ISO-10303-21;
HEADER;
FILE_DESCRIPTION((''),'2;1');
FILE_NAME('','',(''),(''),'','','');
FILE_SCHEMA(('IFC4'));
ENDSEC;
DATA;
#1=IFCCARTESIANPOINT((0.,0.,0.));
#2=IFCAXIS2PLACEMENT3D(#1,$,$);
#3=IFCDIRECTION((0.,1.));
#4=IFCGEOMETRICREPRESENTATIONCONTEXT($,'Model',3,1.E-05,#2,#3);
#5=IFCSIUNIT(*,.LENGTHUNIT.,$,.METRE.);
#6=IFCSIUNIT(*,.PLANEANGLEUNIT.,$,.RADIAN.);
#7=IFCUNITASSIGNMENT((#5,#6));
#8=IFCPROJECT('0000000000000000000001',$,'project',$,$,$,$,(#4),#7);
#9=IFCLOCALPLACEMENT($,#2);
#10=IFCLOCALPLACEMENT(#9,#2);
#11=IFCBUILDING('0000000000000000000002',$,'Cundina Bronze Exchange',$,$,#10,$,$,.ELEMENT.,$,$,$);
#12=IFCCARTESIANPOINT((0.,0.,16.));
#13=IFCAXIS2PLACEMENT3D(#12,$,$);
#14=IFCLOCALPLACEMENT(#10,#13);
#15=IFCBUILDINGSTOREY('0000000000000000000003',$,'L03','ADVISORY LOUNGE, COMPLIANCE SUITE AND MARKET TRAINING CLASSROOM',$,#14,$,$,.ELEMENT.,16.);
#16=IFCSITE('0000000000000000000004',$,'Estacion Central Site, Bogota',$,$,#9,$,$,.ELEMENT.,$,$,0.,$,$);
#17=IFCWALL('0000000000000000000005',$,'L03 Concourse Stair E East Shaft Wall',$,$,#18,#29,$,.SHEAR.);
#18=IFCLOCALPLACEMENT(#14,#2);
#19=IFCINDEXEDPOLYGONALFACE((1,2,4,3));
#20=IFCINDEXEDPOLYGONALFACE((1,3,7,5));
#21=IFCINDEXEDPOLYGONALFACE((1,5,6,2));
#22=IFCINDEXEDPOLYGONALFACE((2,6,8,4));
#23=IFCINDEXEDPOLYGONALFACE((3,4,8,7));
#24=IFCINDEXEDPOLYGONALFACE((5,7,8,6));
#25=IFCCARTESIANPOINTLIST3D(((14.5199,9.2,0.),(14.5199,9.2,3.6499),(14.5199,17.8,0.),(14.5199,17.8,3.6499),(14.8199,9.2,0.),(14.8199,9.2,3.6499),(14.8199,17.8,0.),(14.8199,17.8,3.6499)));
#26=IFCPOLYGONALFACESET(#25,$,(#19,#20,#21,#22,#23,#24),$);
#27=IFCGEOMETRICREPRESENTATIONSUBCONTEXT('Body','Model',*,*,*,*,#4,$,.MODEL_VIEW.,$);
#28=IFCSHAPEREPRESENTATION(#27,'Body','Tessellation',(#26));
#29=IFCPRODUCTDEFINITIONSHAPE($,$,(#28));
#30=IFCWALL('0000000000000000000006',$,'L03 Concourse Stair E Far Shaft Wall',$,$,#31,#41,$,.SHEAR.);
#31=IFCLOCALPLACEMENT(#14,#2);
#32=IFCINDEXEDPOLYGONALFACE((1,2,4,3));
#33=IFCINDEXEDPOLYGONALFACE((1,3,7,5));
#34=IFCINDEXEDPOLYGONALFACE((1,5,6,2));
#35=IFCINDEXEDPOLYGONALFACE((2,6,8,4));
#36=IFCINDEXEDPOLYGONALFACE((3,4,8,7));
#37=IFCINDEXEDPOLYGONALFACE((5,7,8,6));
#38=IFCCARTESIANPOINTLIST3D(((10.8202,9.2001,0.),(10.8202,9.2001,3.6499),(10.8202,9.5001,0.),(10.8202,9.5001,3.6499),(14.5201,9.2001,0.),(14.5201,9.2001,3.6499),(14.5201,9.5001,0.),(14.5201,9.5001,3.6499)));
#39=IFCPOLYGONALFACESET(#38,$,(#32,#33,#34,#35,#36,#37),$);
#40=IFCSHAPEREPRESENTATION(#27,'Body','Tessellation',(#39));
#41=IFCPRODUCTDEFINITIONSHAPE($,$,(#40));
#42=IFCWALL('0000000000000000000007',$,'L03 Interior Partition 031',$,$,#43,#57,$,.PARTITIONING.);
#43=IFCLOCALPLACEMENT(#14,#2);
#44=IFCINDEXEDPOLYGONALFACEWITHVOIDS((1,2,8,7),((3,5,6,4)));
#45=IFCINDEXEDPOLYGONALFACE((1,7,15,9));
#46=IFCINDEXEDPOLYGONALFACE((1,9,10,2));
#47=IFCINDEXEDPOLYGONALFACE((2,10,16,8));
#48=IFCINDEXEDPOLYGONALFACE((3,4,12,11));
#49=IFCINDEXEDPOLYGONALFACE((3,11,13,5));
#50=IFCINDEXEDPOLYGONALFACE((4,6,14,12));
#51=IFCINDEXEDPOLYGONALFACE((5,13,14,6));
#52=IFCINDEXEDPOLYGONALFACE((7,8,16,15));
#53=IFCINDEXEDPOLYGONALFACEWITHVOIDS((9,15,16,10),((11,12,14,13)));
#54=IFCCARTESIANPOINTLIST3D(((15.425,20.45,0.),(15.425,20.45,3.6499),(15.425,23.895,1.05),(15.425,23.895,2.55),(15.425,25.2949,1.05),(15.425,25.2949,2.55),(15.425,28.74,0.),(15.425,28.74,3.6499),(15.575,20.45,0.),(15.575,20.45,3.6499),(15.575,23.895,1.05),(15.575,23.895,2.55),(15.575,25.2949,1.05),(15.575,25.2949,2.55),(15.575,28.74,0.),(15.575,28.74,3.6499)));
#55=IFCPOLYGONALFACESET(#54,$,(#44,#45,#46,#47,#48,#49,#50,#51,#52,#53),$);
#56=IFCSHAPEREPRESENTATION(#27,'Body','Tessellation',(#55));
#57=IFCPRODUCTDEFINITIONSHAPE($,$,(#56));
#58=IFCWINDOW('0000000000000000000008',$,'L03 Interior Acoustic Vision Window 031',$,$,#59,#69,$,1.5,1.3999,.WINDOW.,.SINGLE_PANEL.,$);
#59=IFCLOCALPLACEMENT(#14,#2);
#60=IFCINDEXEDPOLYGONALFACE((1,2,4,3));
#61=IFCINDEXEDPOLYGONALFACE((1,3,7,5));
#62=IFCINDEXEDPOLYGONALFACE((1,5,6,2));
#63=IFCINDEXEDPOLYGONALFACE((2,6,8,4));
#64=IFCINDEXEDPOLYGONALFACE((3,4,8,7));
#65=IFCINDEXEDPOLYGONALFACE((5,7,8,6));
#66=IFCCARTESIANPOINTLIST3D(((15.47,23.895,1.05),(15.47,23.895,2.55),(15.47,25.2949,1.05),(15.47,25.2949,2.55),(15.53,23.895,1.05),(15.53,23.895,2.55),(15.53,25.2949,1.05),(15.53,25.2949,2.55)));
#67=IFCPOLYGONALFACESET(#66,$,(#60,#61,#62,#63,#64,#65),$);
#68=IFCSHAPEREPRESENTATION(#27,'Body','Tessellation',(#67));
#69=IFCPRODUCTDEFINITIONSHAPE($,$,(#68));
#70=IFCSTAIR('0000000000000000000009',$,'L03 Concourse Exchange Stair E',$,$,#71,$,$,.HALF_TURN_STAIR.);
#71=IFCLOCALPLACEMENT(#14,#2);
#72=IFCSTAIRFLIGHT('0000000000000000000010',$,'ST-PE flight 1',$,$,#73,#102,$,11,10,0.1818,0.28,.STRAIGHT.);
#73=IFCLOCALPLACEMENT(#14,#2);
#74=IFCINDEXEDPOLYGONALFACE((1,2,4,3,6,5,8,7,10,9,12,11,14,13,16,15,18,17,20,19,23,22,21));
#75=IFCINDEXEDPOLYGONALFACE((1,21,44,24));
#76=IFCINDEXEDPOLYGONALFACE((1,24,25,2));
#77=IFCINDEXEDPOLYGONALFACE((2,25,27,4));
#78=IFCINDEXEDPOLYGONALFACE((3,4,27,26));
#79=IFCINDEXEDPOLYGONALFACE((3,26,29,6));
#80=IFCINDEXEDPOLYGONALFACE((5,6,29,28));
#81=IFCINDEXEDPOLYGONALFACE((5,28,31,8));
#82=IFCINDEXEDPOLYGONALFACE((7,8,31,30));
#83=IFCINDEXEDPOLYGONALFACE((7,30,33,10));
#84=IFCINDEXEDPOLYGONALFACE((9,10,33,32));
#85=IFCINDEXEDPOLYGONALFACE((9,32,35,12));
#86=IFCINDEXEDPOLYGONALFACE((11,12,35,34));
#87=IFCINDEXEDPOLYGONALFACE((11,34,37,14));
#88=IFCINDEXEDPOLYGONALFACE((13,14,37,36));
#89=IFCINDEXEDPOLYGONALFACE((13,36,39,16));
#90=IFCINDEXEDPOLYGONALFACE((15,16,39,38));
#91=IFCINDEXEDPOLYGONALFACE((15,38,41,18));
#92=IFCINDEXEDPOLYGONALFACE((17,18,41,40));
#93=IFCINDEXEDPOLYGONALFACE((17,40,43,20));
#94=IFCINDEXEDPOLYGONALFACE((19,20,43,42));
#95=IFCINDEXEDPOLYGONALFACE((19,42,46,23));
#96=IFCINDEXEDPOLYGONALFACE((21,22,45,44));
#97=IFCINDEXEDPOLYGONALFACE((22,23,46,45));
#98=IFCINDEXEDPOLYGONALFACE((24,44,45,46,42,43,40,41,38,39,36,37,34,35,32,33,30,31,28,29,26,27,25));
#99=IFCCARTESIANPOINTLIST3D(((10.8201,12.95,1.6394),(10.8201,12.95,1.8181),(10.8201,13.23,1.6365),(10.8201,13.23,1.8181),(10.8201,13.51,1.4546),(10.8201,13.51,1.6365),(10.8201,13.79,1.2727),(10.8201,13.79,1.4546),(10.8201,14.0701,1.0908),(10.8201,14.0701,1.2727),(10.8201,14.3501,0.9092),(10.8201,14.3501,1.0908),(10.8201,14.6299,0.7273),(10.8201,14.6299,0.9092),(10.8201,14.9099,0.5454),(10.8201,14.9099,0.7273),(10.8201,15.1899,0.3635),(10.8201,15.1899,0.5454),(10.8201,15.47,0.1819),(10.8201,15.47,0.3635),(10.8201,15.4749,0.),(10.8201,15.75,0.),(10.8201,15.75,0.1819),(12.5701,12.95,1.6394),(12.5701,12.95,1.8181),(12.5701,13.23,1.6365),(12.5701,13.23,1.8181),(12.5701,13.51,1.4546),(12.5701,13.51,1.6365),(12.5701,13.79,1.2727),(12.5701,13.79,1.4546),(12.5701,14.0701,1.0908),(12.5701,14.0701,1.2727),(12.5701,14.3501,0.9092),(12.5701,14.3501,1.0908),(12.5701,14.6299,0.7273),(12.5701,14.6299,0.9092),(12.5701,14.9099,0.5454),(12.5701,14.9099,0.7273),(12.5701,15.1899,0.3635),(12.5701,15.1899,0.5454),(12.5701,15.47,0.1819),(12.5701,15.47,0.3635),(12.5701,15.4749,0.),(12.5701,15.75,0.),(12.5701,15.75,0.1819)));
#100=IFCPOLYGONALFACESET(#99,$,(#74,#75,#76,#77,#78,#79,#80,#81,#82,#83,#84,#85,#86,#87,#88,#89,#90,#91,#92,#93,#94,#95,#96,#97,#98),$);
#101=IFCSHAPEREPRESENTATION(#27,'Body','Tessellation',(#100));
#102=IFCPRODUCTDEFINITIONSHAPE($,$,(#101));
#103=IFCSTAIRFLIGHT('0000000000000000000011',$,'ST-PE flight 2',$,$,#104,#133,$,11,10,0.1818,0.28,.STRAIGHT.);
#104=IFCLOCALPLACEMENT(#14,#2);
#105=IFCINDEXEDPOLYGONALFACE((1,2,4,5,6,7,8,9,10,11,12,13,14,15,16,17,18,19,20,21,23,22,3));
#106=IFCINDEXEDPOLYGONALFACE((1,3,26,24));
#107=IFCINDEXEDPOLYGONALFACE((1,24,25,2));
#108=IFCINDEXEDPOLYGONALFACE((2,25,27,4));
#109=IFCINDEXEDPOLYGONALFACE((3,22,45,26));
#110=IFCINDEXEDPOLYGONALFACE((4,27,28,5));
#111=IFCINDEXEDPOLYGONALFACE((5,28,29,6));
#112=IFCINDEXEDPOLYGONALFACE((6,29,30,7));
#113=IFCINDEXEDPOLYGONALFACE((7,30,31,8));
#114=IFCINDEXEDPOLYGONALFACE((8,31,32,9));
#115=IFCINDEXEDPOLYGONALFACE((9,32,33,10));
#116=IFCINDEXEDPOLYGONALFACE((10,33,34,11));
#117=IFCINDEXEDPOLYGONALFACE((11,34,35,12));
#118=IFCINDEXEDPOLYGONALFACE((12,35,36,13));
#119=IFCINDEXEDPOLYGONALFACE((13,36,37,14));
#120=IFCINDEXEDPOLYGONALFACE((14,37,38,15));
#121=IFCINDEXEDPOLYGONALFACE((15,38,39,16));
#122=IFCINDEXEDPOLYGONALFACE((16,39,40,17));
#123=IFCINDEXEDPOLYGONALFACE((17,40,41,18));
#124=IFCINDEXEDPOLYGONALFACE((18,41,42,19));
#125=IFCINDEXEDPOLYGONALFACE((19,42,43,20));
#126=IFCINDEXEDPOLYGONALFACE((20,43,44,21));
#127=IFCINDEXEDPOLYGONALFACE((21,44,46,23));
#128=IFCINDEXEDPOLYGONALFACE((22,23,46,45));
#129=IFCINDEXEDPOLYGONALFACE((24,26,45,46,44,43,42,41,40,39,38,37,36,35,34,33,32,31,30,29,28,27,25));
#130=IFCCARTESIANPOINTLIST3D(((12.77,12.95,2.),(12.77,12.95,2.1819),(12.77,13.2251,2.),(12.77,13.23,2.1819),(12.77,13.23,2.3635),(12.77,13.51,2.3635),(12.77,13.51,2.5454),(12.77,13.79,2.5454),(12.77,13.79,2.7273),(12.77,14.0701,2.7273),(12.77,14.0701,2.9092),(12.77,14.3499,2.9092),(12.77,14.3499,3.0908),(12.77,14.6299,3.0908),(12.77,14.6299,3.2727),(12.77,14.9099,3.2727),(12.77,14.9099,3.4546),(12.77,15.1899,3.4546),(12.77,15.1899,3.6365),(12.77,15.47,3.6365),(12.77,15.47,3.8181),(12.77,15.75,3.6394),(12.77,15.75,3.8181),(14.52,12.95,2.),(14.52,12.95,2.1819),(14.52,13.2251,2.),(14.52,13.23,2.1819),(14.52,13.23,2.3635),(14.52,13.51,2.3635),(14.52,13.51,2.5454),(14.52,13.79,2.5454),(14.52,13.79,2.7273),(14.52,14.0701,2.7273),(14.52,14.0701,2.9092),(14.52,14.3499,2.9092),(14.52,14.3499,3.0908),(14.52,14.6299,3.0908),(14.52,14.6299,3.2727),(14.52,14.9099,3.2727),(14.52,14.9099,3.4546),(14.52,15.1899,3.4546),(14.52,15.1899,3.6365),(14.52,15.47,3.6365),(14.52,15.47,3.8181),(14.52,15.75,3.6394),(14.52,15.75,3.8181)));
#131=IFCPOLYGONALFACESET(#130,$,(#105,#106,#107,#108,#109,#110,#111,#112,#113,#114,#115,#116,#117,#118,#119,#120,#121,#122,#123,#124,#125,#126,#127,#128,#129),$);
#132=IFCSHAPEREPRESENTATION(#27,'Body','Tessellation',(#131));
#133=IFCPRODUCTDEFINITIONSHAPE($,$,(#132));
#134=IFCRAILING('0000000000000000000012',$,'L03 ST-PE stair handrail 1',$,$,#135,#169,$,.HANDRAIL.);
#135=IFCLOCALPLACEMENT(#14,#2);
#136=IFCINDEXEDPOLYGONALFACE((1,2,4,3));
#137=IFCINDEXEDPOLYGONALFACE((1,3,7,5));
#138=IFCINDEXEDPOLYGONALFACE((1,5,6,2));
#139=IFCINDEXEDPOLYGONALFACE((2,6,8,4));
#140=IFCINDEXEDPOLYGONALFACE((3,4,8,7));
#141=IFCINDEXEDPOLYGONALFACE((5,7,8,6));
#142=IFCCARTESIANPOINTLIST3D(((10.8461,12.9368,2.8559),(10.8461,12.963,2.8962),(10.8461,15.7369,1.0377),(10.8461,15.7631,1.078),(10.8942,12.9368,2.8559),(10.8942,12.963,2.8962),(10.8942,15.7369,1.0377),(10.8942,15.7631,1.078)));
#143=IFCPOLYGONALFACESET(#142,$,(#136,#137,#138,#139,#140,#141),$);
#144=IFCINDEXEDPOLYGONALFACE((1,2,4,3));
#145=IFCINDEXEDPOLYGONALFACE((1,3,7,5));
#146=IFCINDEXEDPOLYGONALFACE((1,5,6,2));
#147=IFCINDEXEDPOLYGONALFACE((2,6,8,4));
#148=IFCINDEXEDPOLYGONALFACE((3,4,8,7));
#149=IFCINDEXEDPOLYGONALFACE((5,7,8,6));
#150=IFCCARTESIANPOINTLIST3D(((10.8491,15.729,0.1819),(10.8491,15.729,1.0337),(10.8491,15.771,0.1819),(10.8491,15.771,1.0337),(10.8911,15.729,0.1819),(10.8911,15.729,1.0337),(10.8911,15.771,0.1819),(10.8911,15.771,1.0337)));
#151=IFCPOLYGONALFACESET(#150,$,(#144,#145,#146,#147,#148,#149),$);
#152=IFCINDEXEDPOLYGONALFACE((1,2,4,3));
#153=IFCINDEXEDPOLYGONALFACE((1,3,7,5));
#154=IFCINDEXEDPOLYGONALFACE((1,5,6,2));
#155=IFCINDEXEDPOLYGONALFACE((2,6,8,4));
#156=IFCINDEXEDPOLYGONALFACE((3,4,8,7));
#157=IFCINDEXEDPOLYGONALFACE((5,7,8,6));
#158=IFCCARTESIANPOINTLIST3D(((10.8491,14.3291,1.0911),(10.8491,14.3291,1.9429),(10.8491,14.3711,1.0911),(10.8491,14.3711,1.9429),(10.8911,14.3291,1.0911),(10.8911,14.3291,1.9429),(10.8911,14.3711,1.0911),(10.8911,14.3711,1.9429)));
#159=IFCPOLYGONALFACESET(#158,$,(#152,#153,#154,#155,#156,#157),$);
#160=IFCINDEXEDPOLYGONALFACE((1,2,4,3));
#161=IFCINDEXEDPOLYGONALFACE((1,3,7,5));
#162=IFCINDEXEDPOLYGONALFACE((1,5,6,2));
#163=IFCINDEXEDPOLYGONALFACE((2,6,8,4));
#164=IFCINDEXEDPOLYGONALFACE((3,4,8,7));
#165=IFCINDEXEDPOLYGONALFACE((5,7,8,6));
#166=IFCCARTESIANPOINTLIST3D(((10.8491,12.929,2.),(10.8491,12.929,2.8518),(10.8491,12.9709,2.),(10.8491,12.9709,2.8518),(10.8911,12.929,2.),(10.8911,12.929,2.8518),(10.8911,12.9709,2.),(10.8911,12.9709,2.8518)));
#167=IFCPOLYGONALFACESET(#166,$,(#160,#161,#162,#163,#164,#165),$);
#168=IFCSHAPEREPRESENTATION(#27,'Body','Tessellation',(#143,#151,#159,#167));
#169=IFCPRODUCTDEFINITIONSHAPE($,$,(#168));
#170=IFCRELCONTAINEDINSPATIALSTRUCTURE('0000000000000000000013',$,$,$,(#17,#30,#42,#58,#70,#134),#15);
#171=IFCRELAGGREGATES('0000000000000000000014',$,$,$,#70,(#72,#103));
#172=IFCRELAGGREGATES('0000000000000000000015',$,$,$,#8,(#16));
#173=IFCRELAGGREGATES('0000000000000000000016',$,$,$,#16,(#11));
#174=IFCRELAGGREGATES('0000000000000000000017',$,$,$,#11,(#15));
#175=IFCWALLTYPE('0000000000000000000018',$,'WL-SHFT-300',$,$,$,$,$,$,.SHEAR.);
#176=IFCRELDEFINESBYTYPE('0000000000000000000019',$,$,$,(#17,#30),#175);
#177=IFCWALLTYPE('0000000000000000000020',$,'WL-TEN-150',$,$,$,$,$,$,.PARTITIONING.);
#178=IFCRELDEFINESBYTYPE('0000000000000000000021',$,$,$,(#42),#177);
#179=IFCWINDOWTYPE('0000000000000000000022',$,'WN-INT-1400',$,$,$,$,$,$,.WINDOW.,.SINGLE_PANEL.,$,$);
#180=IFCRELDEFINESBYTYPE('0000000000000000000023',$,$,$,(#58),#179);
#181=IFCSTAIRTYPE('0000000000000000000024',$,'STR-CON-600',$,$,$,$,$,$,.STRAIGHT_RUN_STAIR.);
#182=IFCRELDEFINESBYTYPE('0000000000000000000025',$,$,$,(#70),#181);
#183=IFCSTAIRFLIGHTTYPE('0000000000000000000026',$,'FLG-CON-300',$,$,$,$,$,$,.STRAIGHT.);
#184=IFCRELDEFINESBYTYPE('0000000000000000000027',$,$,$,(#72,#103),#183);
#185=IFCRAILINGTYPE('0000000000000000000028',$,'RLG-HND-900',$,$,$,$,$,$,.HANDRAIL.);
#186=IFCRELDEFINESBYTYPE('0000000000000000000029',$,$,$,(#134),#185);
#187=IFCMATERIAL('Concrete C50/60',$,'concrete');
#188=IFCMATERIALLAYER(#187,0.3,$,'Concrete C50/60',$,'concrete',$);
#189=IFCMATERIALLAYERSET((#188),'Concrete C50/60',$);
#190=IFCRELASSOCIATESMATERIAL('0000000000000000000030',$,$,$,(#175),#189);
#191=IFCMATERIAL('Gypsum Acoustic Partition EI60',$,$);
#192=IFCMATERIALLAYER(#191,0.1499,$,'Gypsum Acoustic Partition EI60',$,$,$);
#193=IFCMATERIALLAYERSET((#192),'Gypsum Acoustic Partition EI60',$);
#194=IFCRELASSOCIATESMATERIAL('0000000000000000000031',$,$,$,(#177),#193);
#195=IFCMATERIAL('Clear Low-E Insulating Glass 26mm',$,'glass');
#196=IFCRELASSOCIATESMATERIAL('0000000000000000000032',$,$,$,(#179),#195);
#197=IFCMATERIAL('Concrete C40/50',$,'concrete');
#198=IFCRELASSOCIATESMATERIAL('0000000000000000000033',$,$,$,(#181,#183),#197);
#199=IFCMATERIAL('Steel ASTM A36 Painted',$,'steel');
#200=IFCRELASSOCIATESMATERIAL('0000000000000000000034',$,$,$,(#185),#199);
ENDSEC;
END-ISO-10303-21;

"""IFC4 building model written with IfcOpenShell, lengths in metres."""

from ifc_helpers import new_model, si_unit, direction, frame, frame_2d, origin, origin_2d, place, context, subcontext, project, spatial, polyline, rectangle, outline, extrude, material, layer, layer_set, type_object, element, fill, aggregate, save


model = new_model("IFC4")

# Units and contexts
model_context = context("Model", 3, precision=1e-05, world=origin(), true_north=direction((0.0, 1.0)))
body_context = subcontext(model_context, "Body", "Model", "MODEL_VIEW")
ifc_project = project(units=[si_unit("LENGTHUNIT", "METRE"), si_unit("PLANEANGLEUNIT", "RADIAN")], contexts=[model_context])

# Site, building, storey
site_placement = place(None, origin())
site = spatial("IfcSite", under=ifc_project, at=site_placement, Name="Estacion Central Site, Bogota", CompositionType="ELEMENT", RefElevation=0.0)
building_placement = place(site_placement, origin())
building = spatial("IfcBuilding", under=site, at=building_placement, Name="Cundina Bronze Exchange", CompositionType="ELEMENT")
storey_placement = place(building_placement, frame((0.0, 0.0, 16.0)))
storey = spatial("IfcBuildingStorey", under=building, at=storey_placement, Name="L03", Description="ADVISORY LOUNGE, COMPLIANCE SUITE AND MARKET TRAINING CLASSROOM", CompositionType="ELEMENT", Elevation=16.0)

# Shared definitions
ifc_material_1 = material(Name="Concrete C50/60", Category="concrete")

# Shared definitions
ifc_material_2 = material(Name="Concrete C40/50", Category="concrete")

# Wall
ifc_layer_1 = layer(ifc_material_1, 0.3, Name="Concrete C50/60", Category="concrete")
ifc_layer_set_1 = layer_set([ifc_layer_1], Name="Concrete C50/60")
wall_type_1 = type_object("IfcWallType", Name="WL-SHFT-300", PredefinedType="SHEAR", material=ifc_layer_set_1)
wall_1_placement = place(storey_placement, frame((14.6699, 9.2, 0.0), z_axis=(0.0, 0.0, 1.0), x_axis=(0.0, 1.0, 0.0)))
element("IfcWall", 1, at=wall_1_placement, inside=storey, type_object=wall_type_1, Name="L03 Concourse Stair E East Shaft Wall", PredefinedType="SHEAR", context=body_context, shape_type="SweptSolid", body=[
    extrude(rectangle(XDim=8.6001, YDim=0.3, at=frame_2d((4.3, 0.0))), origin(), (0.0, 0.0, 1.0), 3.6499),
])

# Shared definitions
ifc_material_3 = material(Name="Steel ASTM A36 Painted", Category="steel")

# Wall
wall_2_placement = place(storey_placement, frame((10.8201, 9.3501, 0.0), z_axis=(0.0, 0.0, 1.0), x_axis=(1.0, 0.0, 0.0)))
element("IfcWall", 2, at=wall_2_placement, inside=storey, type_object=wall_type_1, Name="L03 Concourse Stair E Far Shaft Wall", PredefinedType="SHEAR", context=body_context, shape_type="SweptSolid", body=[
    extrude(rectangle(XDim=3.7, YDim=0.3, at=frame_2d((1.8501, 0.0))), origin(), (0.0, 0.0, 1.0), 3.6499),
])

# Wall, opening, window
ifc_material_4 = material(Name="Gypsum Acoustic Partition EI60")
ifc_layer_2 = layer(ifc_material_4, 0.1499, Name="Gypsum Acoustic Partition EI60")
ifc_layer_set_2 = layer_set([ifc_layer_2], Name="Gypsum Acoustic Partition EI60")
wall_type_2 = type_object("IfcWallType", Name="WL-TEN-150", PredefinedType="PARTITIONING", material=ifc_layer_set_2)
wall_3_placement = place(storey_placement, frame((15.5, 20.45, 0.0), z_axis=(0.0, 0.0, 1.0), x_axis=(0.0, 1.0, 0.0)))
wall_3 = element("IfcWall", 3, at=wall_3_placement, inside=storey, type_object=wall_type_2, Name="L03 Interior Partition 031", PredefinedType="PARTITIONING", context=body_context, shape_type="SweptSolid", body=[
    extrude(rectangle(XDim=8.29, YDim=0.1499, at=frame_2d((4.145, 0.0))), origin(), (0.0, 0.0, 1.0), 3.6499),
])
opening_1_placement = place(wall_3_placement, frame((3.4451, 0.0, 1.05)))
opening_1 = element("IfcOpeningElement", 4, at=opening_1_placement, cuts=wall_3, PredefinedType="OPENING", context=body_context, shape_type="SweptSolid", body=[
    extrude(rectangle(XDim=1.3999, YDim=1.5, at=frame_2d((0.7, 0.75))), frame((0.0, 0.085, 0.0), z_axis=(0.0, -1.0, 0.0), x_axis=(1.0, 0.0, 0.0)), (0.0, 0.0, 1.0), 0.1699),
])
ifc_material_5 = material(Name="Clear Low-E Insulating Glass 26mm", Category="glass")
window_type_1 = type_object("IfcWindowType", Name="WN-INT-1400", PartitioningType="SINGLE_PANEL", PredefinedType="WINDOW", material=ifc_material_5)
window_1_placement = place(opening_1_placement, origin())
window_1 = element("IfcWindow", 5, at=window_1_placement, inside=storey, type_object=window_type_1, Name="L03 Interior Acoustic Vision Window 031", OverallHeight=1.5, OverallWidth=1.3999, PartitioningType="SINGLE_PANEL", PredefinedType="WINDOW", context=body_context, shape_type="SweptSolid", body=[
    extrude(rectangle(XDim=1.3999, YDim=1.5, at=frame_2d((0.7, 0.75))), frame((0.0, 0.03, 0.0), z_axis=(0.0, -1.0, 0.0), x_axis=(1.0, 0.0, 0.0)), (0.0, 0.0, 1.0), 0.0601),
])
fill(opening_1, window_1)

# Stair, stair flights
stair_type = type_object("IfcStairType", Name="STR-CON-600", PredefinedType="STRAIGHT_RUN_STAIR", material=ifc_material_2)
stair_placement = place(storey_placement, origin())
stair = element("IfcStair", 6, at=stair_placement, inside=storey, type_object=stair_type, Name="L03 Concourse Exchange Stair E", PredefinedType="HALF_TURN_STAIR")
stair_flight_type = type_object("IfcStairFlightType", Name="FLG-CON-300", PredefinedType="STRAIGHT", material=ifc_material_2)
stair_flight_1_placement = place(storey_placement, frame((11.6951, 15.75, 0.0), z_axis=(0.0, 0.0, 1.0), x_axis=(0.0, -1.0, 0.0)))
stair_flight_1 = element("IfcStairFlight", 7, at=stair_flight_1_placement, type_object=stair_flight_type, Name="ST-PE flight 1", NumberOfRisers=11, NumberOfTreads=10, PredefinedType="STRAIGHT", RiserHeight=0.1818, TreadLength=0.28, context=body_context, shape_type="SweptSolid", body=[
    extrude(outline(polyline([(0.0, 0.0), (0.0, 0.1819), (0.28, 0.1819), (0.28, 0.3635), (0.5601, 0.3635), (0.5601, 0.5454), (0.8401, 0.5454), (0.8401, 0.7273), (1.1201, 0.7273), (1.1201, 0.9092), (1.3999, 0.9092), (1.3999, 1.0908), (1.6799, 1.0908), (1.6799, 1.2727), (1.96, 1.2727), (1.96, 1.4546), (2.24, 1.4546), (2.24, 1.6365), (2.52, 1.6365), (2.52, 1.8181), (2.8, 1.8181), (2.8, 2.0), (2.8, 1.6394), (0.2751, 0.0), (0.0, 0.0)])), frame((0.0, 0.875, 0.0), z_axis=(0.0, -1.0, 0.0), x_axis=(1.0, 0.0, 0.0)), (0.0, 0.0, 1.0), 1.75),
])
stair_flight_2_placement = place(storey_placement, frame((13.645, 12.95, 2.0), z_axis=(0.0, 0.0, 1.0), x_axis=(0.0, 1.0, 0.0)))
stair_flight_2 = element("IfcStairFlight", 8, at=stair_flight_2_placement, type_object=stair_flight_type, Name="ST-PE flight 2", NumberOfRisers=11, NumberOfTreads=10, PredefinedType="STRAIGHT", RiserHeight=0.1818, TreadLength=0.28, context=body_context, shape_type="SweptSolid", body=[
    extrude(outline(polyline([(0.0, 0.0), (0.0, 0.1819), (0.28, 0.1819), (0.28, 0.3635), (0.5601, 0.3635), (0.5601, 0.5454), (0.8401, 0.5454), (0.8401, 0.7273), (1.1201, 0.7273), (1.1201, 0.9092), (1.3999, 0.9092), (1.3999, 1.0908), (1.6799, 1.0908), (1.6799, 1.2727), (1.96, 1.2727), (1.96, 1.4546), (2.24, 1.4546), (2.24, 1.6365), (2.52, 1.6365), (2.52, 1.8181), (2.8, 1.8181), (2.8, 2.0), (2.8, 1.6394), (0.2751, 0.0), (0.0, 0.0)])), frame((0.0, 0.875, 0.0), z_axis=(0.0, -1.0, 0.0), x_axis=(1.0, 0.0, 0.0)), (0.0, 0.0, 1.0), 1.75),
])
aggregate(stair, [stair_flight_1, stair_flight_2])

# Railing
railing_type_1 = type_object("IfcRailingType", Name="RLG-HND-900", PredefinedType="HANDRAIL", material=ifc_material_3)
railing_1_placement = place(storey_placement, frame((10.8701, 15.75, 0.1819)))
element("IfcRailing", 9, at=railing_1_placement, inside=storey, type_object=railing_type_1, Name="L03 ST-PE stair handrail 1", PredefinedType="HANDRAIL", context=body_context, shape_type="SweptSolid", body=[
    extrude(rectangle(XDim=0.0481, YDim=0.0481, at=origin_2d()), frame((0.0, 0.0, 0.876), z_axis=(0.0, -0.838706, 0.544585), x_axis=(1.0, 0.0, 0.0)), (0.0, 0.0, 1.0), 3.3386),
    extrude(rectangle(XDim=0.042, YDim=0.042, at=origin_2d()), origin(), (0.0, 0.0, 1.0), 0.8518),
    extrude(rectangle(XDim=0.042, YDim=0.042, at=origin_2d()), frame((0.0, -1.3999, 0.9092)), (0.0, 0.0, 1.0), 0.8518),
    extrude(rectangle(XDim=0.042, YDim=0.042, at=origin_2d()), frame((0.0, -2.8, 1.8181)), (0.0, 0.0, 1.0), 0.8518),
])

save(model, "model.ifc")
